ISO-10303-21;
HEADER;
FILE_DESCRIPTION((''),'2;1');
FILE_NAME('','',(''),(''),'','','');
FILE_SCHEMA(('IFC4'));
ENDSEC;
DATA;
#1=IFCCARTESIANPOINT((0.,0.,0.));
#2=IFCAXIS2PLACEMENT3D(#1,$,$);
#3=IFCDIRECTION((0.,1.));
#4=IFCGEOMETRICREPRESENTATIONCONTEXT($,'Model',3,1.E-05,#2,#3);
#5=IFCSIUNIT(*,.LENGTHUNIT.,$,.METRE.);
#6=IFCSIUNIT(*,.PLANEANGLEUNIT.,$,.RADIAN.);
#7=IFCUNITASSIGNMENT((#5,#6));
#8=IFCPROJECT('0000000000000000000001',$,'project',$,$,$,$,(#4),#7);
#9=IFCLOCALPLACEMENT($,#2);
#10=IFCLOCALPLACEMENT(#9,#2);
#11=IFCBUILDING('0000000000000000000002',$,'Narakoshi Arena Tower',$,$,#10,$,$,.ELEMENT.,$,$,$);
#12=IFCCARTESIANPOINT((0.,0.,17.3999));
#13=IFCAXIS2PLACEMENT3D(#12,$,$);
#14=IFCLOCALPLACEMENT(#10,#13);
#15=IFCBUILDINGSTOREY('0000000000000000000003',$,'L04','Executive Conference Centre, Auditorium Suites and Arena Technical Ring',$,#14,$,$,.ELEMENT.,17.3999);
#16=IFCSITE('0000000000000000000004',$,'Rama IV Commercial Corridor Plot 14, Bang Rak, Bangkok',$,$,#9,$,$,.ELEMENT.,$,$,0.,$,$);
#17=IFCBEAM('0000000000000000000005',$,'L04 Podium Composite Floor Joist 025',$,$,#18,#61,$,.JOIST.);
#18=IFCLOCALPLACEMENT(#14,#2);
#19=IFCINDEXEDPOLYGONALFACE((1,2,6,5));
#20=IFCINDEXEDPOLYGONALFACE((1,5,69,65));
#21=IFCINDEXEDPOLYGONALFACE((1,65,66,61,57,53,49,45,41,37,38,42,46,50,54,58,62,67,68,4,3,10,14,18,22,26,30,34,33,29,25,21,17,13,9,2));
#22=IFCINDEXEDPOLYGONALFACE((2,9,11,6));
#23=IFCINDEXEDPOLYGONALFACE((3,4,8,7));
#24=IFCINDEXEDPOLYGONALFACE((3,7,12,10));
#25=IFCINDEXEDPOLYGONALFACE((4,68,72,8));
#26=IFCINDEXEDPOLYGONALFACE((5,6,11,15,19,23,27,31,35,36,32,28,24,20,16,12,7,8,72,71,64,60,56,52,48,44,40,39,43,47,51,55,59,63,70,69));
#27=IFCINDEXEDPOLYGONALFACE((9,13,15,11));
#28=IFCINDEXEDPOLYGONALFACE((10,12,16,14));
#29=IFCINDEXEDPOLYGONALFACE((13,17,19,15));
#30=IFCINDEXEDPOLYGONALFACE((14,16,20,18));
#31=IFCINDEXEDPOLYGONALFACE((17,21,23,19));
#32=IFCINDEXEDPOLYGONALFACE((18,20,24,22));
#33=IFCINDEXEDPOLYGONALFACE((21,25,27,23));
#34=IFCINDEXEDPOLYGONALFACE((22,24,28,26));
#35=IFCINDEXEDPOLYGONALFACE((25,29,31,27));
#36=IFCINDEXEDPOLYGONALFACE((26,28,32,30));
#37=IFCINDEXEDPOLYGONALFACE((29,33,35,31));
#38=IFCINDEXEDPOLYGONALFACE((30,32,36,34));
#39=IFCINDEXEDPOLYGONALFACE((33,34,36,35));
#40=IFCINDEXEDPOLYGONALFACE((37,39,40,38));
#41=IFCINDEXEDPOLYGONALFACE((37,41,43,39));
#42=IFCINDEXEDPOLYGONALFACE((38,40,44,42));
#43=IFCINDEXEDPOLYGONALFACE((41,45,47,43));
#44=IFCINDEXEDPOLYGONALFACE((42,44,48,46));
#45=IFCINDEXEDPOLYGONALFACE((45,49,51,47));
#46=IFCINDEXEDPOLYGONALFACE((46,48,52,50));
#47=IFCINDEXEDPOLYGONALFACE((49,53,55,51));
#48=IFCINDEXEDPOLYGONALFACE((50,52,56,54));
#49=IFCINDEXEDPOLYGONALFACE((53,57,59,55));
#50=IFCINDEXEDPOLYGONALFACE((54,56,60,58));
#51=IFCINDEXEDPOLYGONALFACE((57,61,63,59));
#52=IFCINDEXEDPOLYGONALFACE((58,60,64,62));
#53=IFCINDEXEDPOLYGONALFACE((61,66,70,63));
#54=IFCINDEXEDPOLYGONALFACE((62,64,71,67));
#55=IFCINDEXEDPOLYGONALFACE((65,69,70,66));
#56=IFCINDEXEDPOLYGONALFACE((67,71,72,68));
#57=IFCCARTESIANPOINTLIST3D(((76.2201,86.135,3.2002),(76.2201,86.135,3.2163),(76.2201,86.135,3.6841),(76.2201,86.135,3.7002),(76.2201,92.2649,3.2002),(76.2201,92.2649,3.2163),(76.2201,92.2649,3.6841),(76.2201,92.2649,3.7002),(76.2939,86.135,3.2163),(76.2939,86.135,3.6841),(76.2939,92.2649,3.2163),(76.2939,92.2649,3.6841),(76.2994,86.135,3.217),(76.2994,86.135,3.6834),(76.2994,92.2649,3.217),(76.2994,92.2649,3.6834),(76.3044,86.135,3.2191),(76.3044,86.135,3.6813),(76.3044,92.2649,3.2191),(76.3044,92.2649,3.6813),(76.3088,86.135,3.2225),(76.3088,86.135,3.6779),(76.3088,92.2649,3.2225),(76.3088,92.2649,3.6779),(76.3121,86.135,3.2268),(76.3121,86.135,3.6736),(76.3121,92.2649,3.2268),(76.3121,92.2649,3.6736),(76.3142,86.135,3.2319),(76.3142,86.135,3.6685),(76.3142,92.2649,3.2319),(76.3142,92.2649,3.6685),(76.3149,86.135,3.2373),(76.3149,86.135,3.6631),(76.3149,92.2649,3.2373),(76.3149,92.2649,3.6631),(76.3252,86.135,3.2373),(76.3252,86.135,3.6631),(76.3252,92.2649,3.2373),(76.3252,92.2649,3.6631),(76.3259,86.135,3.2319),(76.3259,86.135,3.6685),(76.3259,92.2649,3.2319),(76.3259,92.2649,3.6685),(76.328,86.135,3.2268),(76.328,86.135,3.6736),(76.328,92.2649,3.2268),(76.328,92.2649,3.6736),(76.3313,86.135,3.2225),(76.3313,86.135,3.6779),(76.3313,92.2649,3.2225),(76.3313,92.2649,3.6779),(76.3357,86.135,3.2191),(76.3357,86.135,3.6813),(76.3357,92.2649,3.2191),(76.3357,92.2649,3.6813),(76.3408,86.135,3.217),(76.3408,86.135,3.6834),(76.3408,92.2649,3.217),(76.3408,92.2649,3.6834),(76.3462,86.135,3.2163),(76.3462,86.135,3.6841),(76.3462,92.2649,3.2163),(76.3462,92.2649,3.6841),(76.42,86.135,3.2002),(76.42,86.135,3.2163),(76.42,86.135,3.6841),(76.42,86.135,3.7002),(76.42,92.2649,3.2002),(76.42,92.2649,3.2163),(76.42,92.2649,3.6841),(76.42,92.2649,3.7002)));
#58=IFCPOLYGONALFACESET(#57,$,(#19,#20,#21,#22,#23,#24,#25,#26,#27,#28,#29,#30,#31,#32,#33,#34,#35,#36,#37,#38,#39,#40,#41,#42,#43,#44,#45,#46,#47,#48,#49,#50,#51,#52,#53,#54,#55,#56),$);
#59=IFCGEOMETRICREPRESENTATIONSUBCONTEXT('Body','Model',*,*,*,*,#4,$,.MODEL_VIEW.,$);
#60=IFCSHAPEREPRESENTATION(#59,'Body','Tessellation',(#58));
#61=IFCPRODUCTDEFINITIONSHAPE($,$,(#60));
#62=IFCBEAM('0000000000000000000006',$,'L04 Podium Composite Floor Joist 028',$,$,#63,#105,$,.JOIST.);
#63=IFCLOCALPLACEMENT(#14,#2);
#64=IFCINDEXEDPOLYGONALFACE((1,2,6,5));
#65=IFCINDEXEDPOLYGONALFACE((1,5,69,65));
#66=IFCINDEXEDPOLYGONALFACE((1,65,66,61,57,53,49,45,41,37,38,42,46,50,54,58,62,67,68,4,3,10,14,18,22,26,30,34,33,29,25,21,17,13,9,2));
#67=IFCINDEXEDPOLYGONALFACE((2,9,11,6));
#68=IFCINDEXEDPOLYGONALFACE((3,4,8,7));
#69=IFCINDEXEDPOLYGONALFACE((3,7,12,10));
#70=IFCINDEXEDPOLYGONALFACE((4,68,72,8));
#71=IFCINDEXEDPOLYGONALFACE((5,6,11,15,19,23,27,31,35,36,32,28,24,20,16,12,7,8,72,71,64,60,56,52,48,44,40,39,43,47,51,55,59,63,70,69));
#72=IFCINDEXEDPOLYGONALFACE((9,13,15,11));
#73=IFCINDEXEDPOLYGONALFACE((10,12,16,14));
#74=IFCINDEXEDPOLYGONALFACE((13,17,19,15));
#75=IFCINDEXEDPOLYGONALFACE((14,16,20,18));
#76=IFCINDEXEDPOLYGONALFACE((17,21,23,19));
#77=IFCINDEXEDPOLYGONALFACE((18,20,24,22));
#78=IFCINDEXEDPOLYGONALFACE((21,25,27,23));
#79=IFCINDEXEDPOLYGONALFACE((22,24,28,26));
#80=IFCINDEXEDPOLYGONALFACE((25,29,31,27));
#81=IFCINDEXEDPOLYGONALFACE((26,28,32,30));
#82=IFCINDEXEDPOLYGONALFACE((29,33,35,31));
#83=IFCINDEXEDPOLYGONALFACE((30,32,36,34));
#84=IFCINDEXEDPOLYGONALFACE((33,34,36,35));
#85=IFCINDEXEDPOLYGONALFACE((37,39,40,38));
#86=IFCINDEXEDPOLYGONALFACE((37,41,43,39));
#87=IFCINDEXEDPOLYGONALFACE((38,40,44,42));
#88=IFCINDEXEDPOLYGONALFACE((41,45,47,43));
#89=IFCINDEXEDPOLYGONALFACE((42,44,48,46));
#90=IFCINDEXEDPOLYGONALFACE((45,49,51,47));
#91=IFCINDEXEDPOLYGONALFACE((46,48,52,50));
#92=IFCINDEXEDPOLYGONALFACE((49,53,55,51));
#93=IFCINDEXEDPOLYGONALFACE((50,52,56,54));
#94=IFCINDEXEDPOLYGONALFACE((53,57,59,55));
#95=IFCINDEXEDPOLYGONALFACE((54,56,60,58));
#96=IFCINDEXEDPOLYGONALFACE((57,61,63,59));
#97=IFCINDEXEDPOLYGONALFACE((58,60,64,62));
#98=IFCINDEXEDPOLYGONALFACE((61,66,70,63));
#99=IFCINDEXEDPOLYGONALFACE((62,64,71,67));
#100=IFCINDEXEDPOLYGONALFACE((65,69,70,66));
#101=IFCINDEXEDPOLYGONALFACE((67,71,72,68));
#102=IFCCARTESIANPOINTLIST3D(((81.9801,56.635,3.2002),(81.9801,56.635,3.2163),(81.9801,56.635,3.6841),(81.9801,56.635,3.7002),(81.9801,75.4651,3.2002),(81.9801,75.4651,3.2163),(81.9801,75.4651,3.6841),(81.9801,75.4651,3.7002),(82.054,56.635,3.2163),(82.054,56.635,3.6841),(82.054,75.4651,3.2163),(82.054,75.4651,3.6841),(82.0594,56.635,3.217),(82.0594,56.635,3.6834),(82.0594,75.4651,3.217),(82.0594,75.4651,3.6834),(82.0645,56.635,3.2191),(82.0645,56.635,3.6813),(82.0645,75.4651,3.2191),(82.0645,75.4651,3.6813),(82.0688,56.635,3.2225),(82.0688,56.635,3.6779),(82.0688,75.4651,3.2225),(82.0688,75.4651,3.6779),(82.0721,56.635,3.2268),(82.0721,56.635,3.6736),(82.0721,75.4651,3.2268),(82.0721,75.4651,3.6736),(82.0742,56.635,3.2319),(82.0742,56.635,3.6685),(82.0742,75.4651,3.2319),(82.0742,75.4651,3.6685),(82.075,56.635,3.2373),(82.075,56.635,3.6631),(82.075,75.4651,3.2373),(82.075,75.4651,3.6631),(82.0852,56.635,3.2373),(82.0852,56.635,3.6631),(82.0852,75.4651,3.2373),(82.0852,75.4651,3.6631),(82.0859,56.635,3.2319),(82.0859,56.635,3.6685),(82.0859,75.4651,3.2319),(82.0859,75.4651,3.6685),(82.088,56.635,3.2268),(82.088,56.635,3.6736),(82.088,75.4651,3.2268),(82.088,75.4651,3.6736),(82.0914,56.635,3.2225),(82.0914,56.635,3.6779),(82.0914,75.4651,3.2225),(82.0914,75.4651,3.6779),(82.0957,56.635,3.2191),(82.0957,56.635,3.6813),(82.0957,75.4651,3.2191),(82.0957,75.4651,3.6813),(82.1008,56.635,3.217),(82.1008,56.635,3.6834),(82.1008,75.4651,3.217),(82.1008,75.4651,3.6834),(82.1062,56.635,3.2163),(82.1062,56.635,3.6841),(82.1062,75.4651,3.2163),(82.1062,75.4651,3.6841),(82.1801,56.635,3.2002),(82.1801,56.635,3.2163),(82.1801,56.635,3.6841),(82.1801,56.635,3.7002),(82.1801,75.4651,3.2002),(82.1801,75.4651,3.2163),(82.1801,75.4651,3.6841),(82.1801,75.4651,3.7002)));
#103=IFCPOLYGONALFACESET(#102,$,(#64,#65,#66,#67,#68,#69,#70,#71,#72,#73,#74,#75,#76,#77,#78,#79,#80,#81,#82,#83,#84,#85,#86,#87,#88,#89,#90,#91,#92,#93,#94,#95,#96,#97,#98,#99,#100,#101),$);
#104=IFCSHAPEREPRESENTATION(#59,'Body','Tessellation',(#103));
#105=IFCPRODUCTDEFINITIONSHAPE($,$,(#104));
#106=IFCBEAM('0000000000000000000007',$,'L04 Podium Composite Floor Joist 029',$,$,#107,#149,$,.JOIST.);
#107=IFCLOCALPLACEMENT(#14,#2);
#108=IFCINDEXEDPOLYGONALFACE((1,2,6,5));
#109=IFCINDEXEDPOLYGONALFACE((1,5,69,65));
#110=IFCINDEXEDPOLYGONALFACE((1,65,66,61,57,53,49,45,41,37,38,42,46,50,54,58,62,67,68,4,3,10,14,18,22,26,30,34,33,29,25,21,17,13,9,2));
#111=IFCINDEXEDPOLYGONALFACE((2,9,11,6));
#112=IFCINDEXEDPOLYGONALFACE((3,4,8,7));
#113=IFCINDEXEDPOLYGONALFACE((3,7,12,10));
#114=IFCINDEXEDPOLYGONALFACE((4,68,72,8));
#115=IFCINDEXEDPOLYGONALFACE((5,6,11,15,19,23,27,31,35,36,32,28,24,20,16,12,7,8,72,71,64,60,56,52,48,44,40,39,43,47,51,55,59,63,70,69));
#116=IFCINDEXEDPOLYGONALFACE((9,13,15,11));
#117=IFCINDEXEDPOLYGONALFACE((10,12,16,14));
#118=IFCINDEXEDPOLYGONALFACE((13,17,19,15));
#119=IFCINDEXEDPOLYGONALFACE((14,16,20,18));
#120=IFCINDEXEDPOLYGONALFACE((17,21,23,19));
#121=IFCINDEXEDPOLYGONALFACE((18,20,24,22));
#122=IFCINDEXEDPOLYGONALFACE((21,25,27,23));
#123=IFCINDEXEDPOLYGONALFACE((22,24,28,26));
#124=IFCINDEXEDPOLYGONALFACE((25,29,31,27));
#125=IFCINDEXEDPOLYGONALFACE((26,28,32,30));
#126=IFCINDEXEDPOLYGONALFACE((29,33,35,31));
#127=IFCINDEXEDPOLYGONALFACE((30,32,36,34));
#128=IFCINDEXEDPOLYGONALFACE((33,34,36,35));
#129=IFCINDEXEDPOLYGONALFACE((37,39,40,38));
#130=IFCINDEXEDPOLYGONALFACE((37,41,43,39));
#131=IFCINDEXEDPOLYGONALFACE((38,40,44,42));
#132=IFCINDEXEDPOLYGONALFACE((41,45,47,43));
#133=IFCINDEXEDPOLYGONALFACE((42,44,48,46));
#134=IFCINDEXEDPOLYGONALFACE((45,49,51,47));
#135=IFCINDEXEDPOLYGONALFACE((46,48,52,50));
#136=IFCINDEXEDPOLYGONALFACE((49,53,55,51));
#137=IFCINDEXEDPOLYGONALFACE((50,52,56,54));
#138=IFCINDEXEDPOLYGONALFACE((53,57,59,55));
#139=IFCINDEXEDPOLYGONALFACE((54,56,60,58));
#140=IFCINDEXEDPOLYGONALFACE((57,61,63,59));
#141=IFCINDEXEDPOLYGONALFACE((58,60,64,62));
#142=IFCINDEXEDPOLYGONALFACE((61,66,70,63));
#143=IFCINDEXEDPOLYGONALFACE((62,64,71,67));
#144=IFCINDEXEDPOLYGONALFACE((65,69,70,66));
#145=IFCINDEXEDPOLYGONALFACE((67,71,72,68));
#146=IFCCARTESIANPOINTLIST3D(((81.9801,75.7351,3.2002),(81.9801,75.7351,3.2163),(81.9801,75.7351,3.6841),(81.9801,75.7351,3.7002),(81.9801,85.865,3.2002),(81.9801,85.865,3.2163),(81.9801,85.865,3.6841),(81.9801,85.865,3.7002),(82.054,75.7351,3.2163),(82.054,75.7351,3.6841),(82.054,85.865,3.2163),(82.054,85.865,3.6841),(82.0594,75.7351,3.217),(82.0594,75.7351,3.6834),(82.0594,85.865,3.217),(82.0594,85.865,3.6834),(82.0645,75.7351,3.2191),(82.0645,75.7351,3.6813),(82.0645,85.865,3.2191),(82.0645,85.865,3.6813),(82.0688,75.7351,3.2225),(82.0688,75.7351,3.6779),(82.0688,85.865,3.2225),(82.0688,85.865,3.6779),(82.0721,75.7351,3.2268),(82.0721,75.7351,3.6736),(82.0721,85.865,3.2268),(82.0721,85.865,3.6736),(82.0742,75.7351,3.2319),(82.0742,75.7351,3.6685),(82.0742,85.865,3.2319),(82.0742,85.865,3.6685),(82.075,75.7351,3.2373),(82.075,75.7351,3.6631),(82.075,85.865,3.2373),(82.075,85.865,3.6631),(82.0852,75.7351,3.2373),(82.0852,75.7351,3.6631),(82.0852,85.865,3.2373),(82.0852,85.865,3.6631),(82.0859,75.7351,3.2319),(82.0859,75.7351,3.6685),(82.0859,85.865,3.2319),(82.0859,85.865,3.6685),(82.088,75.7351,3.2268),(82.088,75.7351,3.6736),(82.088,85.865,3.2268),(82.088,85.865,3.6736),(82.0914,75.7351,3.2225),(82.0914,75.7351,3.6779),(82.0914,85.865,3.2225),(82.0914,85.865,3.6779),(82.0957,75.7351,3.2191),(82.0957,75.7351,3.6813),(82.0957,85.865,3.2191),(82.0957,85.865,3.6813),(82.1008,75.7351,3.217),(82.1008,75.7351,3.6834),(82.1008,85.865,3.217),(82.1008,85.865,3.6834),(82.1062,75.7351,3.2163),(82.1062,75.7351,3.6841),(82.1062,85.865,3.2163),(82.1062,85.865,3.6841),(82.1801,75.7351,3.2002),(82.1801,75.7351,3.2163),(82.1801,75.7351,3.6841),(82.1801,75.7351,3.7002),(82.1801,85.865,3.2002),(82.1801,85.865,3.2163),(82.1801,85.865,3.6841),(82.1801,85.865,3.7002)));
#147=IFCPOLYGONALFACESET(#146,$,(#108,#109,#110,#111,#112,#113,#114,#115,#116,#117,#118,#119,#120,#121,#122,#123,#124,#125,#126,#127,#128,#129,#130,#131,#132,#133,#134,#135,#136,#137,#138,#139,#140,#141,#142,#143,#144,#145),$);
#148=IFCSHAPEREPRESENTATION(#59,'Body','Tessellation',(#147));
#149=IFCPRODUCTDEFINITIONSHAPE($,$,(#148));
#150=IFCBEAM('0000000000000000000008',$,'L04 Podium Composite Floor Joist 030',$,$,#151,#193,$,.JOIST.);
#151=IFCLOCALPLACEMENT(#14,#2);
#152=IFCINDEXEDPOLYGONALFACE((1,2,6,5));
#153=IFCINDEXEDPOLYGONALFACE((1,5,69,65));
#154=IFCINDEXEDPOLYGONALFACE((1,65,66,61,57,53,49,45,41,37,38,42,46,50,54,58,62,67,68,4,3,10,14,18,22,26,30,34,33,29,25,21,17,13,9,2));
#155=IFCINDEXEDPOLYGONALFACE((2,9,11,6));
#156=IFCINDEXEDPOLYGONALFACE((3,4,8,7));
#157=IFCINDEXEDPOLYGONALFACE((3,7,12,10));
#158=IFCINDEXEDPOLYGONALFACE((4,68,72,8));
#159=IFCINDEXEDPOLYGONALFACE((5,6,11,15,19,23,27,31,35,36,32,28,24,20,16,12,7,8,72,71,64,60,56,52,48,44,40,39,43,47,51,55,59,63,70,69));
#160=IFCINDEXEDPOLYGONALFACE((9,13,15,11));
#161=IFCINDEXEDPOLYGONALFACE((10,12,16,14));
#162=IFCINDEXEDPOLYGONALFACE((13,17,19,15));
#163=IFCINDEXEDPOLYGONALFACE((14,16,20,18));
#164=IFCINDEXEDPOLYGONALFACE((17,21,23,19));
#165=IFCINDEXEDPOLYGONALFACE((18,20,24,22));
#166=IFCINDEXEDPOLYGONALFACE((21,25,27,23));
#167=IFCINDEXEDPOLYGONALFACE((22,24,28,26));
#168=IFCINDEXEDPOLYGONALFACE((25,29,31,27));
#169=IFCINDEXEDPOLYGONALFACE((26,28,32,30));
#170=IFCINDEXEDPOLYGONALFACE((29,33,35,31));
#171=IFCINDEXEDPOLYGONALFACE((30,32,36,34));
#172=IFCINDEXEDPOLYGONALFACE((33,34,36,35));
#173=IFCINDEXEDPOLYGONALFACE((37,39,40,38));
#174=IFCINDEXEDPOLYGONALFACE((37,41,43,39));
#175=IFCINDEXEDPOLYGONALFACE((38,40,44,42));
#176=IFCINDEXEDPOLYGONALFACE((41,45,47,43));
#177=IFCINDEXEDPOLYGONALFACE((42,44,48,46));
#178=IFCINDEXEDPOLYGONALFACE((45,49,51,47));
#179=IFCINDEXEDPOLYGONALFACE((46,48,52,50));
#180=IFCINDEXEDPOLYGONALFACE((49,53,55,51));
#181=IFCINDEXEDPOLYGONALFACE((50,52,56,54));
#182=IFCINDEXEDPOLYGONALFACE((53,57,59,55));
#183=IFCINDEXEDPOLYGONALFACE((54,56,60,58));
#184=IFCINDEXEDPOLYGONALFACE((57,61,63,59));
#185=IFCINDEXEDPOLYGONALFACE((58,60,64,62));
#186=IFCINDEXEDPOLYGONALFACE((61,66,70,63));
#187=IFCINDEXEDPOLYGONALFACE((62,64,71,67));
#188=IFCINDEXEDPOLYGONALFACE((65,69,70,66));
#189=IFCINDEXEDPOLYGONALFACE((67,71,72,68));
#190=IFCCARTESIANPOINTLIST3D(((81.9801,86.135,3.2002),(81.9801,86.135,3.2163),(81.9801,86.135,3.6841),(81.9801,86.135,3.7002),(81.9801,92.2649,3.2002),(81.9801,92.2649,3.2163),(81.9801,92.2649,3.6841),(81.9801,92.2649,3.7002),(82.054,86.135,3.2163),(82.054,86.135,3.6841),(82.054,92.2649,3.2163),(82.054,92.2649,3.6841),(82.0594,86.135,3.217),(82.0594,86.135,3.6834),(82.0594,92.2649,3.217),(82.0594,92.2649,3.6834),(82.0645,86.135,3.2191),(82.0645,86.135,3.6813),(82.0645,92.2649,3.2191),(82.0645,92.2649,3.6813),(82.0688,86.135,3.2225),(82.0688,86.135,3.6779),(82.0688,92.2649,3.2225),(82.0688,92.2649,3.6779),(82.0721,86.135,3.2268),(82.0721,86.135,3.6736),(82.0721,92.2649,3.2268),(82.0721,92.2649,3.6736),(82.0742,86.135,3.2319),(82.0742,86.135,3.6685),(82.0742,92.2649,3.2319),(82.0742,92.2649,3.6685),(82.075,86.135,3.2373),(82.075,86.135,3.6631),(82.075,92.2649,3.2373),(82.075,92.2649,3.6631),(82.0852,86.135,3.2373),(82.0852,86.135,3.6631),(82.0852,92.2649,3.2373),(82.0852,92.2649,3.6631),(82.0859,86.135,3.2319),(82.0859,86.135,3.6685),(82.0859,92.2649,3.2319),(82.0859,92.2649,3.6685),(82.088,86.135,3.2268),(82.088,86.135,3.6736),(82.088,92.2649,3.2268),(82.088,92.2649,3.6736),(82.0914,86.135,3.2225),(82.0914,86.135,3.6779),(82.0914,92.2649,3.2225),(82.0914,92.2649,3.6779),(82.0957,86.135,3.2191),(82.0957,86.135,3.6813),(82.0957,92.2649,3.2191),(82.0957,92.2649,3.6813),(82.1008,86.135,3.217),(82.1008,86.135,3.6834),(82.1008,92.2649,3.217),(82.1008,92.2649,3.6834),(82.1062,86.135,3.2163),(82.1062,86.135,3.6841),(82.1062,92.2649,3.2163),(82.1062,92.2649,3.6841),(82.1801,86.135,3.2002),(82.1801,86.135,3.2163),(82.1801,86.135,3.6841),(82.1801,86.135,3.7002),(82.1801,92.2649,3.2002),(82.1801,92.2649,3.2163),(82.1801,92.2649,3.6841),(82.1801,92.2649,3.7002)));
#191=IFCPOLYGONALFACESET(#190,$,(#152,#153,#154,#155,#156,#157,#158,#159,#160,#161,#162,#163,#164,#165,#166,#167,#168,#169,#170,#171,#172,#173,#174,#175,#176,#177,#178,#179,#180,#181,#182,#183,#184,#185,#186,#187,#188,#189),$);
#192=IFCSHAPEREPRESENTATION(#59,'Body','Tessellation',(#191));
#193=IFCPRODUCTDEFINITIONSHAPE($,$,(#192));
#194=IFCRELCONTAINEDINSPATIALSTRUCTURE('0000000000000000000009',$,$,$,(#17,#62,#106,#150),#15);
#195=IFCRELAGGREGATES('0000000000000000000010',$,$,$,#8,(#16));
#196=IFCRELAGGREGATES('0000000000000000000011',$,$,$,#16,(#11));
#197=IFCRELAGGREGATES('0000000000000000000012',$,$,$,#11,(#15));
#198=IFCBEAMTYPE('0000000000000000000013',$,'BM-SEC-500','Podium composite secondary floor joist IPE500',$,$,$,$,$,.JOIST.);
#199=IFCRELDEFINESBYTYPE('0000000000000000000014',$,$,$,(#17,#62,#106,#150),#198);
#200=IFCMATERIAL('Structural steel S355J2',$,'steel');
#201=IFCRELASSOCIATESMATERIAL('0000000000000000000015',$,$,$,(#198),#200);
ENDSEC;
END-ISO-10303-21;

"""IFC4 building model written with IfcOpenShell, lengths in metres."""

from ifc_helpers import new_model, si_unit, direction, frame, origin, origin_2d, place, context, subcontext, project, spatial, i_section, extrude, material, material_profile, profile_set, type_object, element, save


model = new_model("IFC4")

# Units and contexts
model_context = context("Model", 3, precision=1e-05, world=origin(), true_north=direction((0.0, 1.0)))
body_context = subcontext(model_context, "Body", "Model", "MODEL_VIEW")
ifc_project = project(units=[si_unit("LENGTHUNIT", "METRE"), si_unit("PLANEANGLEUNIT", "RADIAN")], contexts=[model_context])

# Site, building, storey
site_placement = place(None, origin())
site = spatial("IfcSite", under=ifc_project, at=site_placement, Name="Rama IV Commercial Corridor Plot 14, Bang Rak, Bangkok", CompositionType="ELEMENT", RefElevation=0.0)
building_placement = place(site_placement, origin())
building = spatial("IfcBuilding", under=site, at=building_placement, Name="Narakoshi Arena Tower", CompositionType="ELEMENT")
storey_placement = place(building_placement, frame((0.0, 0.0, 17.3999)))
storey = spatial("IfcBuildingStorey", under=building, at=storey_placement, Name="L04", Description="Executive Conference Centre, Auditorium Suites and Arena Technical Ring", CompositionType="ELEMENT", Elevation=17.3999)

# Beams
ifc_material_1 = material(Name="Structural steel S355J2", Category="steel")
ifc_material_profile_1 = material_profile(ifc_material_1, i_section(OverallWidth=0.2, OverallDepth=0.5, WebThickness=0.0103, FlangeThickness=0.0161, FilletRadius=0.021, at=origin_2d()), Name="IPE500")
ifc_profile_set_1 = profile_set([ifc_material_profile_1], Name="Structural steel S355J2")
beam_type_1 = type_object("IfcBeamType", Name="BM-SEC-500", Description="Podium composite secondary floor joist IPE500", PredefinedType="JOIST", material=ifc_profile_set_1)
beam_1_placement = place(storey_placement, frame((76.3201, 86.135, 3.4502), z_axis=(0.0, 1.0, 0.0), x_axis=(-1.0, 0.0, 0.0)))
element("IfcBeam", 1, at=beam_1_placement, inside=storey, type_object=beam_type_1, Name="L04 Podium Composite Floor Joist 025", PredefinedType="JOIST", context=body_context, shape_type="SweptSolid", body=[
    extrude(i_section(OverallWidth=0.2, OverallDepth=0.5, WebThickness=0.0103, FlangeThickness=0.0161, FilletRadius=0.021, at=origin_2d()), origin(), (0.0, 0.0, 1.0), 6.1299),
])
beam_2_placement = place(storey_placement, frame((82.0801, 56.635, 3.4502), z_axis=(0.0, 1.0, 0.0), x_axis=(-1.0, 0.0, 0.0)))
element("IfcBeam", 2, at=beam_2_placement, inside=storey, type_object=beam_type_1, Name="L04 Podium Composite Floor Joist 028", PredefinedType="JOIST", context=body_context, shape_type="SweptSolid", body=[
    extrude(i_section(OverallWidth=0.2, OverallDepth=0.5, WebThickness=0.0103, FlangeThickness=0.0161, FilletRadius=0.021, at=origin_2d()), origin(), (0.0, 0.0, 1.0), 18.8301),
])
beam_3_placement = place(storey_placement, frame((82.0801, 75.7351, 3.4502), z_axis=(0.0, 1.0, 0.0), x_axis=(-1.0, 0.0, 0.0)))
element("IfcBeam", 3, at=beam_3_placement, inside=storey, type_object=beam_type_1, Name="L04 Podium Composite Floor Joist 029", PredefinedType="JOIST", context=body_context, shape_type="SweptSolid", body=[
    extrude(i_section(OverallWidth=0.2, OverallDepth=0.5, WebThickness=0.0103, FlangeThickness=0.0161, FilletRadius=0.021, at=origin_2d()), origin(), (0.0, 0.0, 1.0), 10.1299),
])
beam_4_placement = place(storey_placement, frame((82.0801, 86.135, 3.4502), z_axis=(0.0, 1.0, 0.0), x_axis=(-1.0, 0.0, 0.0)))
element("IfcBeam", 4, at=beam_4_placement, inside=storey, type_object=beam_type_1, Name="L04 Podium Composite Floor Joist 030", PredefinedType="JOIST", context=body_context, shape_type="SweptSolid", body=[
    extrude(i_section(OverallWidth=0.2, OverallDepth=0.5, WebThickness=0.0103, FlangeThickness=0.0161, FilletRadius=0.021, at=origin_2d()), origin(), (0.0, 0.0, 1.0), 6.1299),
])

save(model, "model.ifc")
